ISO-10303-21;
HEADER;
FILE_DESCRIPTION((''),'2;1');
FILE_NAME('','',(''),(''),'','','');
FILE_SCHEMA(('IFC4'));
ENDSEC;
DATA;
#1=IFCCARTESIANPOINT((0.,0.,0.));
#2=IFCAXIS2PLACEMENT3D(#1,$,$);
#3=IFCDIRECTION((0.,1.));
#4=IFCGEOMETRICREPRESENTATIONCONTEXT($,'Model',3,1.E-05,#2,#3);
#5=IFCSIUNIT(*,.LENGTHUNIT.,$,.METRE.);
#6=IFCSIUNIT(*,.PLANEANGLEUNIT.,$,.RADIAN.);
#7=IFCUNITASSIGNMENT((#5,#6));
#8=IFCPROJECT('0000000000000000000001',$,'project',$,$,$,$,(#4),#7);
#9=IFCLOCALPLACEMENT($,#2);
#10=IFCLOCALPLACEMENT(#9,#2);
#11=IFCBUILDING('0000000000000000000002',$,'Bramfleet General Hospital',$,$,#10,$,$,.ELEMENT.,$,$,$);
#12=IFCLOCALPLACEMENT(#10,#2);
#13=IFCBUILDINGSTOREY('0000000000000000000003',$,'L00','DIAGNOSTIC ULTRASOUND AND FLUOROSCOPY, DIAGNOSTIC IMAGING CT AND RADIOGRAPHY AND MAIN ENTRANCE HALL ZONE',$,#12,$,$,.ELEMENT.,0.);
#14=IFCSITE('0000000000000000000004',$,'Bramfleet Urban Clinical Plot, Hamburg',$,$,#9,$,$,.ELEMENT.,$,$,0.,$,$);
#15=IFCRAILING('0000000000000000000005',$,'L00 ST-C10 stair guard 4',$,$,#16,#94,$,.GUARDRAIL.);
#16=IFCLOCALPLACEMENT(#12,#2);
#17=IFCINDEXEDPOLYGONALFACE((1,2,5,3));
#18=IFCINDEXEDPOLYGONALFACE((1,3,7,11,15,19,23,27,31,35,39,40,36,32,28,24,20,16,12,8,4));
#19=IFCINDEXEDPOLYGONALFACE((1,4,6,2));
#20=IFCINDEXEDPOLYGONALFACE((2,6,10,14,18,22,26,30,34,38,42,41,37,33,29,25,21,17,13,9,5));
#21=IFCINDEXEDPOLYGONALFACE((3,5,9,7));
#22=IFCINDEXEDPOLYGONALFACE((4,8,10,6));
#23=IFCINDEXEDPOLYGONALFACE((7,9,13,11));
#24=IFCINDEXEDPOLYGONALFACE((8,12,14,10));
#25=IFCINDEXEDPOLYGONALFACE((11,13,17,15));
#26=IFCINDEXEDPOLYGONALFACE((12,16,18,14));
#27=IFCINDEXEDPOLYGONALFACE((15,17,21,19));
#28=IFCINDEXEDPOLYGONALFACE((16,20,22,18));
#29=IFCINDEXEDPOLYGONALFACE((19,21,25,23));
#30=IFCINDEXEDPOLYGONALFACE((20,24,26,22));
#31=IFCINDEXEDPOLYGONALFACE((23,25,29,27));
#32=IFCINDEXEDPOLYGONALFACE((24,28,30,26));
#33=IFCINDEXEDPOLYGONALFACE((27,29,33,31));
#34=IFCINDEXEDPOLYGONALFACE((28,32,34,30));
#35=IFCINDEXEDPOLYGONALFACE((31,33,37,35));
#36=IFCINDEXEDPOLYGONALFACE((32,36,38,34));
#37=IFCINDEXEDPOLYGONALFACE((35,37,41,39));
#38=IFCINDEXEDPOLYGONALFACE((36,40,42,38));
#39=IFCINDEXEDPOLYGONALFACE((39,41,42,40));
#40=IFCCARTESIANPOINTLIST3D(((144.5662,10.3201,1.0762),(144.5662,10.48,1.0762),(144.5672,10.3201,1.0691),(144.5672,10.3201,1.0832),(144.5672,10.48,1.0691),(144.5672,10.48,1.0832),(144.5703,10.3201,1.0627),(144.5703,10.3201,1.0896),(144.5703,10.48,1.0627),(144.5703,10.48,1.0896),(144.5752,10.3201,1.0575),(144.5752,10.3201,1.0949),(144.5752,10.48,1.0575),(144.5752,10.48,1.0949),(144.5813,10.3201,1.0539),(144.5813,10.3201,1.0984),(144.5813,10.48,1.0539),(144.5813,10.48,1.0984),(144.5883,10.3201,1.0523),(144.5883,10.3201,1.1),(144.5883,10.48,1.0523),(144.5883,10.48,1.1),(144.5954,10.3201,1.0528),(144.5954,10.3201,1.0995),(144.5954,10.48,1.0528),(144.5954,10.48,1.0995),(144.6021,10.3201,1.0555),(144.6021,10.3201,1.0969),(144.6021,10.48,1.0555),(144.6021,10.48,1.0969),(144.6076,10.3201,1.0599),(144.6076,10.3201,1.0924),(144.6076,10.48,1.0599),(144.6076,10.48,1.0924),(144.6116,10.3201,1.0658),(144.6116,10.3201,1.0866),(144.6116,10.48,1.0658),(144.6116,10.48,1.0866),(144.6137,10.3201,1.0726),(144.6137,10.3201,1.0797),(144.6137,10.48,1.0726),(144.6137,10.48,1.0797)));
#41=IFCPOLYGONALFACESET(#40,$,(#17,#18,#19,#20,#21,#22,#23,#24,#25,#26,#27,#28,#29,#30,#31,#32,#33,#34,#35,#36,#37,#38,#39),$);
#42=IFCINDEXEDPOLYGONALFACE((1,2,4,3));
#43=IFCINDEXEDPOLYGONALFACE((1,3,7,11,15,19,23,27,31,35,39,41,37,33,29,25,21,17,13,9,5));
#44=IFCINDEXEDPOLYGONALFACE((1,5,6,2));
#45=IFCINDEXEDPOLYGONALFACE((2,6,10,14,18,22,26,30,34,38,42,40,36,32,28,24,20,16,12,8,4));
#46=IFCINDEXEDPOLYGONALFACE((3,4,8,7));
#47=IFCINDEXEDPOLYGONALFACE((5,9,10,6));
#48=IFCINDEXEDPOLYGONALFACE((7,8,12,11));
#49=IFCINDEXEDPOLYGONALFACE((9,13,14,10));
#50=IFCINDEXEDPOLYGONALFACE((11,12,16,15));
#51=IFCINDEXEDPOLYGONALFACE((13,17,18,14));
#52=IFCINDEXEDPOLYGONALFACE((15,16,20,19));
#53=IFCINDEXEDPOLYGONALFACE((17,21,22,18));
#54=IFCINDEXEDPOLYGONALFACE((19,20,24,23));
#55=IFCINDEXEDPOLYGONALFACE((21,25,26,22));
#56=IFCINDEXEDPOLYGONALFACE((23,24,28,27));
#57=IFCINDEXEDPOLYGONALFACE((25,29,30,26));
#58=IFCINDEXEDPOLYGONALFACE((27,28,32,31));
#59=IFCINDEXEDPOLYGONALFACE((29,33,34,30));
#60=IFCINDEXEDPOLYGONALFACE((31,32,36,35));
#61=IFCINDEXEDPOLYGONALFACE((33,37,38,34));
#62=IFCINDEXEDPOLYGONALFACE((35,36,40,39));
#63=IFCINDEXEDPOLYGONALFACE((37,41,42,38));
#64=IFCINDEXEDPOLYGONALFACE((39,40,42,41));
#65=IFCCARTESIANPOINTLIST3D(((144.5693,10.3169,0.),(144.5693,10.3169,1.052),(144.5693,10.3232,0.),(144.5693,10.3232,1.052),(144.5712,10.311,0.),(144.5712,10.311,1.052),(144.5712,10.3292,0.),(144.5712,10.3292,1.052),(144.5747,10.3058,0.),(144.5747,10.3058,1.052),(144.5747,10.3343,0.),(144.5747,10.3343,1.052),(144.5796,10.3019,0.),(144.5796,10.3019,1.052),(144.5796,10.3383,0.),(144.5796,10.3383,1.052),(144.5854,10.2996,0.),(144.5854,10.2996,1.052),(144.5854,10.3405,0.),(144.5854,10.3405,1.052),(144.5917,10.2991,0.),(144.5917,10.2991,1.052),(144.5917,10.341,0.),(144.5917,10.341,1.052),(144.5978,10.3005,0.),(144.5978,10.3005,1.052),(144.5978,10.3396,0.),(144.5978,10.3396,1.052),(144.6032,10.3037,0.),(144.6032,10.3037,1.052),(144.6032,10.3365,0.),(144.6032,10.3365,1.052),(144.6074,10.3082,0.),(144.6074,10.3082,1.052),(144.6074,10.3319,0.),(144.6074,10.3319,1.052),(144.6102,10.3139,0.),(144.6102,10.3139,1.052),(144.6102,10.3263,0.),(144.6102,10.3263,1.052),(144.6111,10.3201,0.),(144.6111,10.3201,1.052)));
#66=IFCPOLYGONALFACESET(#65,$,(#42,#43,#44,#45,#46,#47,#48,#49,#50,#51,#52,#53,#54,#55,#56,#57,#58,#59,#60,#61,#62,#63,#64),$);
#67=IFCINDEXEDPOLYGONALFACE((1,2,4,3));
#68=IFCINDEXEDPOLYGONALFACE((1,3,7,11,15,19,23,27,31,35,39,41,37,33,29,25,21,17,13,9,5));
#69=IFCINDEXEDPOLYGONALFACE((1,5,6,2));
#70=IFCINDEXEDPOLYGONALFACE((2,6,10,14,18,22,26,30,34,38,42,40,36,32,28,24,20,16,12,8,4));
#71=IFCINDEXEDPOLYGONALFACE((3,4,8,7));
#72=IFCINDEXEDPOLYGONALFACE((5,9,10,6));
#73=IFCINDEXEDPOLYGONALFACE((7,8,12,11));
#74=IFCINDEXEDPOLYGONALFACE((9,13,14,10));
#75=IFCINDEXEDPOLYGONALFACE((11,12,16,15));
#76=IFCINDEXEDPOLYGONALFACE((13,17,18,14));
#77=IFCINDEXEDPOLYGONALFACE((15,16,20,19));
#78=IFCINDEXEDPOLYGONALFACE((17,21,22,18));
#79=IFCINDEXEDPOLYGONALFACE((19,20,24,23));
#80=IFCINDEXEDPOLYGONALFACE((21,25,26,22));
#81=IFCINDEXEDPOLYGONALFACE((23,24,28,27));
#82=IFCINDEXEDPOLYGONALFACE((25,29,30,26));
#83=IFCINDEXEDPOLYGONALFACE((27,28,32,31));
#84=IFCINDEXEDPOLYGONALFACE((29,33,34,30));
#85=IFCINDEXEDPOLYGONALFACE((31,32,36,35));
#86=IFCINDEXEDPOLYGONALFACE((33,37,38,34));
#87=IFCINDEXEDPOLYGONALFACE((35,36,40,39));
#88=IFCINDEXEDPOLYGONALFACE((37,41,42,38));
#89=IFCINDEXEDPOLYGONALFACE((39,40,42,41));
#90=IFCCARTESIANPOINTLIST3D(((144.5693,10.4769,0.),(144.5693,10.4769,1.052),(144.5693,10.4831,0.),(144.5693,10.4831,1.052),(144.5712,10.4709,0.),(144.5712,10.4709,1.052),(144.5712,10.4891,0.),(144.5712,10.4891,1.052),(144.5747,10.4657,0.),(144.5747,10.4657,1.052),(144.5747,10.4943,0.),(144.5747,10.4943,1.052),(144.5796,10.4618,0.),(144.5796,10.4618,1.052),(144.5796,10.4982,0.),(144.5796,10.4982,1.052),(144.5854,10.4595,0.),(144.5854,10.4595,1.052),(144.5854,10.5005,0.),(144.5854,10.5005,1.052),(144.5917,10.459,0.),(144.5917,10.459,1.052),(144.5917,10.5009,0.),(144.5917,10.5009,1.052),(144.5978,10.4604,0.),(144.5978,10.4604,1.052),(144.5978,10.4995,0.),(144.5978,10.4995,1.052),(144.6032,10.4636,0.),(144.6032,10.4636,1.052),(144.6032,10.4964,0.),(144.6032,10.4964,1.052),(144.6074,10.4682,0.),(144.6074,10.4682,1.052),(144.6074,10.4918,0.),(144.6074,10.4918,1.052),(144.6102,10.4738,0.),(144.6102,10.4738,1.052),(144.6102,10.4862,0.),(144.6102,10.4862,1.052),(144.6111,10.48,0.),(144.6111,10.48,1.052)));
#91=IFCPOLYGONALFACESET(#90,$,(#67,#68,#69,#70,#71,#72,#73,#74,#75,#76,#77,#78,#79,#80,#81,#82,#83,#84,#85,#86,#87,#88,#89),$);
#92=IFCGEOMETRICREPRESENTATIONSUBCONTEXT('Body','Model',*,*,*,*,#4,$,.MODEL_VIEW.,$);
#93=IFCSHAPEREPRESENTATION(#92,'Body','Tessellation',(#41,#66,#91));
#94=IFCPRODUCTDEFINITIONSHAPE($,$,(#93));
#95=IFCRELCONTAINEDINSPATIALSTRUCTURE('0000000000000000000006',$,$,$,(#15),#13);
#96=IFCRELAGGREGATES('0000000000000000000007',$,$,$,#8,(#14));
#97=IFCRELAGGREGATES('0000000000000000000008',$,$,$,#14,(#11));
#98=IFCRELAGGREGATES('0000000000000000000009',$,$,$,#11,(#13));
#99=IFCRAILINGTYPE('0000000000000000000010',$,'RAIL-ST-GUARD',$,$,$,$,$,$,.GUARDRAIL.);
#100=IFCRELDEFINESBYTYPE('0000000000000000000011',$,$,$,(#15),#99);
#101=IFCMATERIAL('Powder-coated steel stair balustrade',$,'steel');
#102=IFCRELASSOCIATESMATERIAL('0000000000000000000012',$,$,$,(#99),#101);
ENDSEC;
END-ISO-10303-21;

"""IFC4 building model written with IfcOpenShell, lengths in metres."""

from ifc_helpers import new_model, si_unit, direction, frame, origin, origin_2d, place, context, subcontext, project, spatial, circle, extrude, material, type_object, element, save


model = new_model("IFC4")

# Units and contexts
model_context = context("Model", 3, precision=1e-05, world=origin(), true_north=direction((0.0, 1.0)))
body_context = subcontext(model_context, "Body", "Model", "MODEL_VIEW")
ifc_project = project(units=[si_unit("LENGTHUNIT", "METRE"), si_unit("PLANEANGLEUNIT", "RADIAN")], contexts=[model_context])

# Site, building, storey
site_placement = place(None, origin())
site = spatial("IfcSite", under=ifc_project, at=site_placement, Name="Bramfleet Urban Clinical Plot, Hamburg", CompositionType="ELEMENT", RefElevation=0.0)
building_placement = place(site_placement, origin())
building = spatial("IfcBuilding", under=site, at=building_placement, Name="Bramfleet General Hospital", CompositionType="ELEMENT")
storey_placement = place(building_placement, origin())
storey = spatial("IfcBuildingStorey", under=building, at=storey_placement, Name="L00", Description="DIAGNOSTIC ULTRASOUND AND FLUOROSCOPY, DIAGNOSTIC IMAGING CT AND RADIOGRAPHY AND MAIN ENTRANCE HALL ZONE", CompositionType="ELEMENT", Elevation=0.0)

# Railing
ifc_material_1 = material(Name="Powder-coated steel stair balustrade", Category="steel")
railing_type_1 = type_object("IfcRailingType", Name="RAIL-ST-GUARD", PredefinedType="GUARDRAIL", material=ifc_material_1)
railing_1_placement = place(storey_placement, frame((144.5901, 10.3201, 0.0)))
element("IfcRailing", 1, at=railing_1_placement, inside=storey, type_object=railing_type_1, Name="L00 ST-C10 stair guard 4", PredefinedType="GUARDRAIL", context=body_context, shape_type="SweptSolid", body=[
    extrude(circle(Radius=0.0239, at=origin_2d()), frame((0.0, 0.0, 1.0762), z_axis=(0.0, 1.0, 0.0), x_axis=(-1.0, 0.0, 0.0)), (0.0, 0.0, 1.0), 0.1599),
    extrude(circle(Radius=0.021, at=origin_2d()), origin(), (0.0, 0.0, 1.0), 1.052),
    extrude(circle(Radius=0.021, at=origin_2d()), frame((0.0, 0.1599, 0.0)), (0.0, 0.0, 1.0), 1.052),
])

save(model, "model.ifc")
